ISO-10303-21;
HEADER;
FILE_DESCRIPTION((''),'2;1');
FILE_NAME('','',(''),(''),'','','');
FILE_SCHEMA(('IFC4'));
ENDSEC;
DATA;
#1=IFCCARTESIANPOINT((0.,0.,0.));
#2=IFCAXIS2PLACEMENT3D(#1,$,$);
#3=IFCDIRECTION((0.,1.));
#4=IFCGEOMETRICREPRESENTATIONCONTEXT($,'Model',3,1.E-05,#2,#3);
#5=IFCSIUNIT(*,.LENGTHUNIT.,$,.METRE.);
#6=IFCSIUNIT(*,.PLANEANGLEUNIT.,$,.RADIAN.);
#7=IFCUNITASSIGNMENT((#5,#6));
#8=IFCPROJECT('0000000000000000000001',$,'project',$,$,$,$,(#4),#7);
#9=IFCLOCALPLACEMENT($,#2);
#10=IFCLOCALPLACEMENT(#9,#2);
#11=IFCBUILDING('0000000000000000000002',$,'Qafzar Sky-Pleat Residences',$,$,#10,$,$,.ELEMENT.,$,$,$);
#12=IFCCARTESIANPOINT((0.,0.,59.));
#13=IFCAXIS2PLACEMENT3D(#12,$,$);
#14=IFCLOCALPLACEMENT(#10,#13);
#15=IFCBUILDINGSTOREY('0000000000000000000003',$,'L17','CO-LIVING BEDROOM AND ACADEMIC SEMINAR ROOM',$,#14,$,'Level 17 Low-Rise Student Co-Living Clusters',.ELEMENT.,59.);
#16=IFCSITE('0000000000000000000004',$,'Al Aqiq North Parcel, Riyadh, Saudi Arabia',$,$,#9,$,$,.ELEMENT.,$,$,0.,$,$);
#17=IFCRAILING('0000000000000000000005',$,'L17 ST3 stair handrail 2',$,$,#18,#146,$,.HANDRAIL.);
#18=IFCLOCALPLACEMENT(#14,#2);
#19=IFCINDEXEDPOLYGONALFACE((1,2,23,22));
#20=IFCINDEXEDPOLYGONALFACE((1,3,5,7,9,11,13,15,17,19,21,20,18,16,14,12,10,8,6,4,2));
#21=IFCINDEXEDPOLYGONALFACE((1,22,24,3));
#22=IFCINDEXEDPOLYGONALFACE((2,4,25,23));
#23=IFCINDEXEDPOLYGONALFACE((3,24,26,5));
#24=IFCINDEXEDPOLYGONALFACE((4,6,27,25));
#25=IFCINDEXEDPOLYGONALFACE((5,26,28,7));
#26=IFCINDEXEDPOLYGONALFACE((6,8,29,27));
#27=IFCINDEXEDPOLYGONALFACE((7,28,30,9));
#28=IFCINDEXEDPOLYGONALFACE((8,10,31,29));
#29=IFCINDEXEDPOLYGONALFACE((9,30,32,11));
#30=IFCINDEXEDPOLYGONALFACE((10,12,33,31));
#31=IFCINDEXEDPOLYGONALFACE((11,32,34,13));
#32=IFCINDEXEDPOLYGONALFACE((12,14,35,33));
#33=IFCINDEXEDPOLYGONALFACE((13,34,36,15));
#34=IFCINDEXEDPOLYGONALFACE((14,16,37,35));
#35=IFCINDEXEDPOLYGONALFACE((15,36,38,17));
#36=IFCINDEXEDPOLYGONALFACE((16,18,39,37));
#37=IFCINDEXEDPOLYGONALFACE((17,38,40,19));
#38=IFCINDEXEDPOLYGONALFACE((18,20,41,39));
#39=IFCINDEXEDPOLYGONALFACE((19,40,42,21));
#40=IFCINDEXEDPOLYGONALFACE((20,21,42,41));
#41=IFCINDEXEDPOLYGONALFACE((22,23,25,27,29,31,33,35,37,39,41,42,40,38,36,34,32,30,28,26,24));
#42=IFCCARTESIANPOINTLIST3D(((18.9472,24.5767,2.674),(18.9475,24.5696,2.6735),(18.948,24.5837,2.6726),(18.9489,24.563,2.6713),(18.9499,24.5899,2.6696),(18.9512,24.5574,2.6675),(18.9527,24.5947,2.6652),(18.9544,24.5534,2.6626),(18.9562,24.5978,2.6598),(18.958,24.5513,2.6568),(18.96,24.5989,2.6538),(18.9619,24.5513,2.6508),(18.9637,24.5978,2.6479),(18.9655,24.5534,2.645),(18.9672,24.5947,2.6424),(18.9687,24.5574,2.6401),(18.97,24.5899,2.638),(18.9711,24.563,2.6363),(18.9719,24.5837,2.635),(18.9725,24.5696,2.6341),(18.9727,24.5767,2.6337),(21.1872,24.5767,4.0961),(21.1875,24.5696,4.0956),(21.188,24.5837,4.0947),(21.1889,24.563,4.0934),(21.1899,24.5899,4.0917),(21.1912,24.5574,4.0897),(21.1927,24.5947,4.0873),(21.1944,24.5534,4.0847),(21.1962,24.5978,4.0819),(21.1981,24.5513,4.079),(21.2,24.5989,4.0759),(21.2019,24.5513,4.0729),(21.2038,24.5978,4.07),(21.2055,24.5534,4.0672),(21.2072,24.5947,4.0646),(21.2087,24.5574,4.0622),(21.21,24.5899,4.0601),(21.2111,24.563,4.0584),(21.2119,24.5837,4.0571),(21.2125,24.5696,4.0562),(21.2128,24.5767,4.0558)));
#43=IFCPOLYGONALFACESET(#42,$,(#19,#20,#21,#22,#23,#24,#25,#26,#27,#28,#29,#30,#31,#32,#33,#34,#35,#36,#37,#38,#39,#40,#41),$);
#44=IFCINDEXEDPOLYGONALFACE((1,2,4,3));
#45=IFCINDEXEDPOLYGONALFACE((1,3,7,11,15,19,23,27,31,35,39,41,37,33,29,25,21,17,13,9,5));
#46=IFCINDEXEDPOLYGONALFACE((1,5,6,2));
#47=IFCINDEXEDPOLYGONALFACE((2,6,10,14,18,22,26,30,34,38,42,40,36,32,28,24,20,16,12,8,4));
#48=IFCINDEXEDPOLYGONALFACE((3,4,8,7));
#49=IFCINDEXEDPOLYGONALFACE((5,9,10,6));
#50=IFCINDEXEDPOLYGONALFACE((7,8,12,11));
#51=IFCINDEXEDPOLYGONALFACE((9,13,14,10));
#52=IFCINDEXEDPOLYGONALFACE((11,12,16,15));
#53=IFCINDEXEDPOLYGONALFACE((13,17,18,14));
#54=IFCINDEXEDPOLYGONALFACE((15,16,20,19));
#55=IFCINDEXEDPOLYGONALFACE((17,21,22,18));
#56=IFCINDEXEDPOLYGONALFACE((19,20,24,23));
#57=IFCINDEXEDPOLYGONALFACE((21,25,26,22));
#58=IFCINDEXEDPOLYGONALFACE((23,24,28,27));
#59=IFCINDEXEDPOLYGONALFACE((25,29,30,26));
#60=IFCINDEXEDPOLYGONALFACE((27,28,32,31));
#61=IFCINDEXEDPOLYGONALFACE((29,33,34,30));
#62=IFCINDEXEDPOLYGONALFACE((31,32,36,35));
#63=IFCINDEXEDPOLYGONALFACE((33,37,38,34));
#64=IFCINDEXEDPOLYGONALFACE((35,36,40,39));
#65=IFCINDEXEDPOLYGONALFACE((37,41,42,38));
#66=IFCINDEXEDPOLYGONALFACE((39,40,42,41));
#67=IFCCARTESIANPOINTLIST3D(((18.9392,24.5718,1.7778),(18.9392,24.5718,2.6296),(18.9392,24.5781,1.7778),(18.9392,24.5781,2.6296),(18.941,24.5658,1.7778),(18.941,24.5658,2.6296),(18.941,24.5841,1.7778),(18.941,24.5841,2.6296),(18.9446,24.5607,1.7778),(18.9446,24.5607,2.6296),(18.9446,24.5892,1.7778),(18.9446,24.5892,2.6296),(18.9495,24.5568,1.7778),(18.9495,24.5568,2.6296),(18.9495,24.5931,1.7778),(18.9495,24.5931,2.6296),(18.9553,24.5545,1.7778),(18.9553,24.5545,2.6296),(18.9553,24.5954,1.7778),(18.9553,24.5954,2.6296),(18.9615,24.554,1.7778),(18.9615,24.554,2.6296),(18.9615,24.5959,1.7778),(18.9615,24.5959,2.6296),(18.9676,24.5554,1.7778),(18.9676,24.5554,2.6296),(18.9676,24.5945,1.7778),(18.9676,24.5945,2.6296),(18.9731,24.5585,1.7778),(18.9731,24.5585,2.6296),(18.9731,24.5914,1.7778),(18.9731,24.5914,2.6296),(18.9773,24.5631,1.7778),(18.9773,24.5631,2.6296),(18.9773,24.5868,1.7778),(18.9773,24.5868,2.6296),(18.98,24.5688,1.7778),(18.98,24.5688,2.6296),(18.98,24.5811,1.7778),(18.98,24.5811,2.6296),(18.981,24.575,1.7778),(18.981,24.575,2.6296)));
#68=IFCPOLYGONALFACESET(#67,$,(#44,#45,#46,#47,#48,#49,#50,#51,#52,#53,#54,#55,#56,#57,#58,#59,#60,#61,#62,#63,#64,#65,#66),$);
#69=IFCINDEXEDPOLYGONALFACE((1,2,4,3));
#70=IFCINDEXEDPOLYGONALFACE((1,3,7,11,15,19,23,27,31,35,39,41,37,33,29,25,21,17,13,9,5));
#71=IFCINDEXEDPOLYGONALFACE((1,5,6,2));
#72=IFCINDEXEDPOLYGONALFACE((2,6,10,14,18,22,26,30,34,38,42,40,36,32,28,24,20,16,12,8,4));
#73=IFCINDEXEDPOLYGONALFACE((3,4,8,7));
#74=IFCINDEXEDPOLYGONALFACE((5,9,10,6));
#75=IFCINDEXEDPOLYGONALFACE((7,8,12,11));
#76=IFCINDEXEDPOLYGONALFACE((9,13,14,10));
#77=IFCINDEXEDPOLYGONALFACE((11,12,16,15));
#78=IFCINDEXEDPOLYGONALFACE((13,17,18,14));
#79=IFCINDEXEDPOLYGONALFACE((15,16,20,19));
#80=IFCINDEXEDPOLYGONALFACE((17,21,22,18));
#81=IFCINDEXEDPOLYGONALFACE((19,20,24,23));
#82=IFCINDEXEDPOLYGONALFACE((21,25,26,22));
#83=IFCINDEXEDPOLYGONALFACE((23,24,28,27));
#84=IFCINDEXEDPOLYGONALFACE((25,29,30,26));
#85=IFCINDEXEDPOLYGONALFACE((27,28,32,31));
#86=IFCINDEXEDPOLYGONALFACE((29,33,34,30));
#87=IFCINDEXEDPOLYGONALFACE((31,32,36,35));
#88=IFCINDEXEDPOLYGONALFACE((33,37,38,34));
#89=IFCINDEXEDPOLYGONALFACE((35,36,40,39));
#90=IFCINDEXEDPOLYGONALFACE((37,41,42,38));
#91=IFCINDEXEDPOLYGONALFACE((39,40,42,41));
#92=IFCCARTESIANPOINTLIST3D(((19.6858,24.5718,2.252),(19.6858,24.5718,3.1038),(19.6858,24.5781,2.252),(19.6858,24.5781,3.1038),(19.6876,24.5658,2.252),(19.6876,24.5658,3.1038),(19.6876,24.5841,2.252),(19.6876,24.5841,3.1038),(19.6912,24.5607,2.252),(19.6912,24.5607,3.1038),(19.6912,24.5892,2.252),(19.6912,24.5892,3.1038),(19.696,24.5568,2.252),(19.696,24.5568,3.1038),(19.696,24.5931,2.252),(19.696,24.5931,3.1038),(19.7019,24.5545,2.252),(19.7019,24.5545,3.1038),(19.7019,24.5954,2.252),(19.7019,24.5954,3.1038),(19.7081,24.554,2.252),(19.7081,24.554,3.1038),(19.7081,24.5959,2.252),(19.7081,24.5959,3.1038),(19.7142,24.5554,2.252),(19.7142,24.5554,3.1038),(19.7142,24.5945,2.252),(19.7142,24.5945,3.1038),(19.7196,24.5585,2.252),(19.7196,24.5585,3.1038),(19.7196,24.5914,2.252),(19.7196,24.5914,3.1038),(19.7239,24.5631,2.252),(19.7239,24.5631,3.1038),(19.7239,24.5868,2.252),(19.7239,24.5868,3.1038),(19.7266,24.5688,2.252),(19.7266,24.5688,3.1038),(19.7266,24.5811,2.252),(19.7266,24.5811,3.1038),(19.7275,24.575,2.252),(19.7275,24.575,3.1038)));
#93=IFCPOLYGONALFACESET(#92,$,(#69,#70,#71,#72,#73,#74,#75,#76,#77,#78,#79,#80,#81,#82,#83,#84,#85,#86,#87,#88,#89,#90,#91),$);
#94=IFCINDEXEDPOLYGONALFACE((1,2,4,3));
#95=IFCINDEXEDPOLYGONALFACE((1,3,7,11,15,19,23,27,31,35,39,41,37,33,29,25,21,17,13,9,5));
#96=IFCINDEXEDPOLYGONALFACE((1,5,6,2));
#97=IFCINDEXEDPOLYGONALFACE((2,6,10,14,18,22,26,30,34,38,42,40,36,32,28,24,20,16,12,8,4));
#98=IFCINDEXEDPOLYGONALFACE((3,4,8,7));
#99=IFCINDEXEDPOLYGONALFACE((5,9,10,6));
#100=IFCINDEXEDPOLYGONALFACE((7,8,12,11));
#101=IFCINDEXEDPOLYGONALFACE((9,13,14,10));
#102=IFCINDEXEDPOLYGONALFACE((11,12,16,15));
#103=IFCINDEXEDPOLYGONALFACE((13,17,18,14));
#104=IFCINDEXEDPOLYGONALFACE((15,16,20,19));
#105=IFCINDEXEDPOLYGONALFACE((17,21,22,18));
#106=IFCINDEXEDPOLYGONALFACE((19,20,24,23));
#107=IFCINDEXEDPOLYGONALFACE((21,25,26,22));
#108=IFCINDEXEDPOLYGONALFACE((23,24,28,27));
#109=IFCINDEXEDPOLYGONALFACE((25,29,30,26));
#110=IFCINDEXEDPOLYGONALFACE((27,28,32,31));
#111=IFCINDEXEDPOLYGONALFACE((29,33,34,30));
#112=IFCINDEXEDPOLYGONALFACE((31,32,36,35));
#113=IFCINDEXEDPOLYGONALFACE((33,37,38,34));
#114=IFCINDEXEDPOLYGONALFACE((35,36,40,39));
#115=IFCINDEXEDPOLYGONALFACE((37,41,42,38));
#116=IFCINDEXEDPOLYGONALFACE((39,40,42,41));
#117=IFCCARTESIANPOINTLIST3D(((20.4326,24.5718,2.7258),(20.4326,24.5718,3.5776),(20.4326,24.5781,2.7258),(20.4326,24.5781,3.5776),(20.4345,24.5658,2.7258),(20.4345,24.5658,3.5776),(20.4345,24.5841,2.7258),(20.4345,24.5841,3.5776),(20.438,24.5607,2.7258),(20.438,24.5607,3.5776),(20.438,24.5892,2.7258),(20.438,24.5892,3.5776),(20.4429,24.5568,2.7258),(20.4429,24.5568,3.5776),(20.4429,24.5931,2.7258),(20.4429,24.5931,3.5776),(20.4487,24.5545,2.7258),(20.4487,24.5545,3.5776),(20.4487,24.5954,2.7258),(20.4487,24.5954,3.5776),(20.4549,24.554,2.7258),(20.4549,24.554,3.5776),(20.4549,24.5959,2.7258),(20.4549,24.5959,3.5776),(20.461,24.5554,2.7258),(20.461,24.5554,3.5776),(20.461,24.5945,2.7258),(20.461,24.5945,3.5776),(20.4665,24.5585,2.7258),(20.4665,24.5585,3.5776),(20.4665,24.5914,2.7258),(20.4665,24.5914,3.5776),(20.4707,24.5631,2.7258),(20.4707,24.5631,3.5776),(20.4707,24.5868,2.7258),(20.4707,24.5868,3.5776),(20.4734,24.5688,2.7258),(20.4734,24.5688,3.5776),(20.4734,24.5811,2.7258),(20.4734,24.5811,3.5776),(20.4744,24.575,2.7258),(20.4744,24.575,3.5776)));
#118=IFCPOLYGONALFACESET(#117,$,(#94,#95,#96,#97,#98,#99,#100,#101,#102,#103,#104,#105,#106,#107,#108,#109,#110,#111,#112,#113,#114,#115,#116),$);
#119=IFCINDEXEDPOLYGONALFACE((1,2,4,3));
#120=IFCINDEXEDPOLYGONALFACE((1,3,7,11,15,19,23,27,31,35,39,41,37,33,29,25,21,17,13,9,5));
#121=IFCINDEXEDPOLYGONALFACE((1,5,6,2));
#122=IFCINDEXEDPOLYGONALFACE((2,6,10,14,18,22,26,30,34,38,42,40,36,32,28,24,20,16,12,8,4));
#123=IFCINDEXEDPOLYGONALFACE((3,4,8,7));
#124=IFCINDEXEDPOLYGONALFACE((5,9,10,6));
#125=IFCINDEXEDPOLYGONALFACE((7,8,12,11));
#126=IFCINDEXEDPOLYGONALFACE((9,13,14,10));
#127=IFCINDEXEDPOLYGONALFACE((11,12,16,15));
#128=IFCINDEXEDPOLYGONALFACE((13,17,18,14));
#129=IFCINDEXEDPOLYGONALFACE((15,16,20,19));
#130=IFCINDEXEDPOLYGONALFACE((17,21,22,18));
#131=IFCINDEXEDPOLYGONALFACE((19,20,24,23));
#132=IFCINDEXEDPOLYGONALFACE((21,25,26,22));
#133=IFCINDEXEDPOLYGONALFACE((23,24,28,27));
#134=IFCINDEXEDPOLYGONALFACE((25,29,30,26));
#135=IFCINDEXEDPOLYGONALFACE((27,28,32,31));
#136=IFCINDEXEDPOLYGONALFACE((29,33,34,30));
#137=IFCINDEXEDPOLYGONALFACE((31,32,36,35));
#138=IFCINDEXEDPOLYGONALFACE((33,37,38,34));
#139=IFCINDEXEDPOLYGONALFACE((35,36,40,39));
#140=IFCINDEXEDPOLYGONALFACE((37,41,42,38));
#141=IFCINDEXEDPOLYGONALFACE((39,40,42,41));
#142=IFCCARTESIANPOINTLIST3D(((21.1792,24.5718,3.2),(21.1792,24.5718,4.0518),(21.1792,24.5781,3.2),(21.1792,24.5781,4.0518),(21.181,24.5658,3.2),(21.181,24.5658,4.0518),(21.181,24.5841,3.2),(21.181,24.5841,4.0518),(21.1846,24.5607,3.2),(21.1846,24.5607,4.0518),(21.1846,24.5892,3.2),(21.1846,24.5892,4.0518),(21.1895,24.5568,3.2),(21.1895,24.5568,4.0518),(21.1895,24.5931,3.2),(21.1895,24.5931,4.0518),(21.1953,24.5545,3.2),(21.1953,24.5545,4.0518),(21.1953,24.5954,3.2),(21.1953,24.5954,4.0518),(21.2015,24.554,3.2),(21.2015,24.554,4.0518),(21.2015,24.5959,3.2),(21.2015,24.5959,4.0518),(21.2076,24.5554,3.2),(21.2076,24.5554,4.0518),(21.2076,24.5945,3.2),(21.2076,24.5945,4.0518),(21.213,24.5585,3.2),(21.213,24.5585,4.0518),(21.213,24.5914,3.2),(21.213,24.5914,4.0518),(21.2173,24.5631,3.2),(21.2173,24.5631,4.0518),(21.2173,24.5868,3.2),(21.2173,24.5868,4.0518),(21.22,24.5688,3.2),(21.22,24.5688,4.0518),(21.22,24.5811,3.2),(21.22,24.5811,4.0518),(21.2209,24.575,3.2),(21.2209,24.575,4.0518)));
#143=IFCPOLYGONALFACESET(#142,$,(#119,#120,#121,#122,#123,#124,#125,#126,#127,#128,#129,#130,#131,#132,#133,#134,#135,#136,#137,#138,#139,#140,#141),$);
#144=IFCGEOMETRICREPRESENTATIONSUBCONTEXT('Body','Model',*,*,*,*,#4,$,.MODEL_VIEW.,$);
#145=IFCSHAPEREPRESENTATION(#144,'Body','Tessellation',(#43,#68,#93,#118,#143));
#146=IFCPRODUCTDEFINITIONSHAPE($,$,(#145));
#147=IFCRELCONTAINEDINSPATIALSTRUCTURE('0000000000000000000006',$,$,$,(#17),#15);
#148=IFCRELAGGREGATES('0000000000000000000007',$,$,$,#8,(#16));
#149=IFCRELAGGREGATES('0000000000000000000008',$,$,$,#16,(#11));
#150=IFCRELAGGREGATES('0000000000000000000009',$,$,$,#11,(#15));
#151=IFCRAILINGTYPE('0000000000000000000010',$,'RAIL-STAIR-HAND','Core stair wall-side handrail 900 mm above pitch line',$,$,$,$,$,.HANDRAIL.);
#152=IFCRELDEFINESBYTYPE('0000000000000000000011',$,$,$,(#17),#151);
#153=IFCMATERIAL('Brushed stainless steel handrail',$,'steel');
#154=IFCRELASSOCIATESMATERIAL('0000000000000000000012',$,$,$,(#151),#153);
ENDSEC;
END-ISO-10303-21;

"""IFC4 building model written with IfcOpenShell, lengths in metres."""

from ifc_helpers import new_model, si_unit, direction, frame, origin, origin_2d, place, context, subcontext, project, spatial, circle, extrude, source, transform, mapped, material, type_object, element, save


model = new_model("IFC4")

# Units and contexts
model_context = context("Model", 3, precision=1e-05, world=origin(), true_north=direction((0.0, 1.0)))
body_context = subcontext(model_context, "Body", "Model", "MODEL_VIEW")
ifc_project = project(units=[si_unit("LENGTHUNIT", "METRE"), si_unit("PLANEANGLEUNIT", "RADIAN")], contexts=[model_context])

# Site, building, storey
site_placement = place(None, origin())
site = spatial("IfcSite", under=ifc_project, at=site_placement, Name="Al Aqiq North Parcel, Riyadh, Saudi Arabia", CompositionType="ELEMENT", RefElevation=0.0)
building_placement = place(site_placement, origin())
building = spatial("IfcBuilding", under=site, at=building_placement, Name="Qafzar Sky-Pleat Residences", CompositionType="ELEMENT")
storey_placement = place(building_placement, frame((0.0, 0.0, 59.0)))
storey = spatial("IfcBuildingStorey", under=building, at=storey_placement, Name="L17", Description="CO-LIVING BEDROOM AND ACADEMIC SEMINAR ROOM", LongName="Level 17 Low-Rise Student Co-Living Clusters", CompositionType="ELEMENT", Elevation=59.0)

# Railing
ifc_material_1 = material(Name="Brushed stainless steel handrail", Category="steel")
railing_type_1 = type_object("IfcRailingType", Name="RAIL-STAIR-HAND", Description="Core stair wall-side handrail 900 mm above pitch line", PredefinedType="HANDRAIL", material=ifc_material_1)
shared_shape_1 = source(origin(), body_context, "Body", "SweptSolid", [
    extrude(circle(Radius=0.0239, at=origin_2d()), frame((0.0, 0.0, 0.876), z_axis=(0.844229, 0.0, 0.535982), x_axis=(0.0, 1.0, 0.0)), (0.0, 0.0, 1.0), 2.6533),
    extrude(circle(Radius=0.021, at=origin_2d()), origin(), (0.0, 0.0, 1.0), 0.8518),
    extrude(circle(Radius=0.021, at=origin_2d()), frame((0.7466, 0.0, 0.4741)), (0.0, 0.0, 1.0), 0.8518),
    extrude(circle(Radius=0.021, at=origin_2d()), frame((1.4934, 0.0, 0.948)), (0.0, 0.0, 1.0), 0.8518),
    extrude(circle(Radius=0.021, at=origin_2d()), frame((2.24, 0.0, 1.4221)), (0.0, 0.0, 1.0), 0.8518),
])
railing_1_placement = place(storey_placement, frame((18.96, 24.575, 1.7778)))
element("IfcRailing", 1, at=railing_1_placement, inside=storey, type_object=railing_type_1, Name="L17 ST3 stair handrail 2", PredefinedType="HANDRAIL", context=body_context, shape_type="MappedRepresentation", body=[
    mapped(shared_shape_1, transform((0.0, 0.0, 0.0), x_axis=(1.0, 0.0, 0.0), y_axis=(0.0, 1.0, 0.0), z_axis=(0.0, 0.0, 1.0), scale=1.0)),
])

save(model, "model.ifc")
